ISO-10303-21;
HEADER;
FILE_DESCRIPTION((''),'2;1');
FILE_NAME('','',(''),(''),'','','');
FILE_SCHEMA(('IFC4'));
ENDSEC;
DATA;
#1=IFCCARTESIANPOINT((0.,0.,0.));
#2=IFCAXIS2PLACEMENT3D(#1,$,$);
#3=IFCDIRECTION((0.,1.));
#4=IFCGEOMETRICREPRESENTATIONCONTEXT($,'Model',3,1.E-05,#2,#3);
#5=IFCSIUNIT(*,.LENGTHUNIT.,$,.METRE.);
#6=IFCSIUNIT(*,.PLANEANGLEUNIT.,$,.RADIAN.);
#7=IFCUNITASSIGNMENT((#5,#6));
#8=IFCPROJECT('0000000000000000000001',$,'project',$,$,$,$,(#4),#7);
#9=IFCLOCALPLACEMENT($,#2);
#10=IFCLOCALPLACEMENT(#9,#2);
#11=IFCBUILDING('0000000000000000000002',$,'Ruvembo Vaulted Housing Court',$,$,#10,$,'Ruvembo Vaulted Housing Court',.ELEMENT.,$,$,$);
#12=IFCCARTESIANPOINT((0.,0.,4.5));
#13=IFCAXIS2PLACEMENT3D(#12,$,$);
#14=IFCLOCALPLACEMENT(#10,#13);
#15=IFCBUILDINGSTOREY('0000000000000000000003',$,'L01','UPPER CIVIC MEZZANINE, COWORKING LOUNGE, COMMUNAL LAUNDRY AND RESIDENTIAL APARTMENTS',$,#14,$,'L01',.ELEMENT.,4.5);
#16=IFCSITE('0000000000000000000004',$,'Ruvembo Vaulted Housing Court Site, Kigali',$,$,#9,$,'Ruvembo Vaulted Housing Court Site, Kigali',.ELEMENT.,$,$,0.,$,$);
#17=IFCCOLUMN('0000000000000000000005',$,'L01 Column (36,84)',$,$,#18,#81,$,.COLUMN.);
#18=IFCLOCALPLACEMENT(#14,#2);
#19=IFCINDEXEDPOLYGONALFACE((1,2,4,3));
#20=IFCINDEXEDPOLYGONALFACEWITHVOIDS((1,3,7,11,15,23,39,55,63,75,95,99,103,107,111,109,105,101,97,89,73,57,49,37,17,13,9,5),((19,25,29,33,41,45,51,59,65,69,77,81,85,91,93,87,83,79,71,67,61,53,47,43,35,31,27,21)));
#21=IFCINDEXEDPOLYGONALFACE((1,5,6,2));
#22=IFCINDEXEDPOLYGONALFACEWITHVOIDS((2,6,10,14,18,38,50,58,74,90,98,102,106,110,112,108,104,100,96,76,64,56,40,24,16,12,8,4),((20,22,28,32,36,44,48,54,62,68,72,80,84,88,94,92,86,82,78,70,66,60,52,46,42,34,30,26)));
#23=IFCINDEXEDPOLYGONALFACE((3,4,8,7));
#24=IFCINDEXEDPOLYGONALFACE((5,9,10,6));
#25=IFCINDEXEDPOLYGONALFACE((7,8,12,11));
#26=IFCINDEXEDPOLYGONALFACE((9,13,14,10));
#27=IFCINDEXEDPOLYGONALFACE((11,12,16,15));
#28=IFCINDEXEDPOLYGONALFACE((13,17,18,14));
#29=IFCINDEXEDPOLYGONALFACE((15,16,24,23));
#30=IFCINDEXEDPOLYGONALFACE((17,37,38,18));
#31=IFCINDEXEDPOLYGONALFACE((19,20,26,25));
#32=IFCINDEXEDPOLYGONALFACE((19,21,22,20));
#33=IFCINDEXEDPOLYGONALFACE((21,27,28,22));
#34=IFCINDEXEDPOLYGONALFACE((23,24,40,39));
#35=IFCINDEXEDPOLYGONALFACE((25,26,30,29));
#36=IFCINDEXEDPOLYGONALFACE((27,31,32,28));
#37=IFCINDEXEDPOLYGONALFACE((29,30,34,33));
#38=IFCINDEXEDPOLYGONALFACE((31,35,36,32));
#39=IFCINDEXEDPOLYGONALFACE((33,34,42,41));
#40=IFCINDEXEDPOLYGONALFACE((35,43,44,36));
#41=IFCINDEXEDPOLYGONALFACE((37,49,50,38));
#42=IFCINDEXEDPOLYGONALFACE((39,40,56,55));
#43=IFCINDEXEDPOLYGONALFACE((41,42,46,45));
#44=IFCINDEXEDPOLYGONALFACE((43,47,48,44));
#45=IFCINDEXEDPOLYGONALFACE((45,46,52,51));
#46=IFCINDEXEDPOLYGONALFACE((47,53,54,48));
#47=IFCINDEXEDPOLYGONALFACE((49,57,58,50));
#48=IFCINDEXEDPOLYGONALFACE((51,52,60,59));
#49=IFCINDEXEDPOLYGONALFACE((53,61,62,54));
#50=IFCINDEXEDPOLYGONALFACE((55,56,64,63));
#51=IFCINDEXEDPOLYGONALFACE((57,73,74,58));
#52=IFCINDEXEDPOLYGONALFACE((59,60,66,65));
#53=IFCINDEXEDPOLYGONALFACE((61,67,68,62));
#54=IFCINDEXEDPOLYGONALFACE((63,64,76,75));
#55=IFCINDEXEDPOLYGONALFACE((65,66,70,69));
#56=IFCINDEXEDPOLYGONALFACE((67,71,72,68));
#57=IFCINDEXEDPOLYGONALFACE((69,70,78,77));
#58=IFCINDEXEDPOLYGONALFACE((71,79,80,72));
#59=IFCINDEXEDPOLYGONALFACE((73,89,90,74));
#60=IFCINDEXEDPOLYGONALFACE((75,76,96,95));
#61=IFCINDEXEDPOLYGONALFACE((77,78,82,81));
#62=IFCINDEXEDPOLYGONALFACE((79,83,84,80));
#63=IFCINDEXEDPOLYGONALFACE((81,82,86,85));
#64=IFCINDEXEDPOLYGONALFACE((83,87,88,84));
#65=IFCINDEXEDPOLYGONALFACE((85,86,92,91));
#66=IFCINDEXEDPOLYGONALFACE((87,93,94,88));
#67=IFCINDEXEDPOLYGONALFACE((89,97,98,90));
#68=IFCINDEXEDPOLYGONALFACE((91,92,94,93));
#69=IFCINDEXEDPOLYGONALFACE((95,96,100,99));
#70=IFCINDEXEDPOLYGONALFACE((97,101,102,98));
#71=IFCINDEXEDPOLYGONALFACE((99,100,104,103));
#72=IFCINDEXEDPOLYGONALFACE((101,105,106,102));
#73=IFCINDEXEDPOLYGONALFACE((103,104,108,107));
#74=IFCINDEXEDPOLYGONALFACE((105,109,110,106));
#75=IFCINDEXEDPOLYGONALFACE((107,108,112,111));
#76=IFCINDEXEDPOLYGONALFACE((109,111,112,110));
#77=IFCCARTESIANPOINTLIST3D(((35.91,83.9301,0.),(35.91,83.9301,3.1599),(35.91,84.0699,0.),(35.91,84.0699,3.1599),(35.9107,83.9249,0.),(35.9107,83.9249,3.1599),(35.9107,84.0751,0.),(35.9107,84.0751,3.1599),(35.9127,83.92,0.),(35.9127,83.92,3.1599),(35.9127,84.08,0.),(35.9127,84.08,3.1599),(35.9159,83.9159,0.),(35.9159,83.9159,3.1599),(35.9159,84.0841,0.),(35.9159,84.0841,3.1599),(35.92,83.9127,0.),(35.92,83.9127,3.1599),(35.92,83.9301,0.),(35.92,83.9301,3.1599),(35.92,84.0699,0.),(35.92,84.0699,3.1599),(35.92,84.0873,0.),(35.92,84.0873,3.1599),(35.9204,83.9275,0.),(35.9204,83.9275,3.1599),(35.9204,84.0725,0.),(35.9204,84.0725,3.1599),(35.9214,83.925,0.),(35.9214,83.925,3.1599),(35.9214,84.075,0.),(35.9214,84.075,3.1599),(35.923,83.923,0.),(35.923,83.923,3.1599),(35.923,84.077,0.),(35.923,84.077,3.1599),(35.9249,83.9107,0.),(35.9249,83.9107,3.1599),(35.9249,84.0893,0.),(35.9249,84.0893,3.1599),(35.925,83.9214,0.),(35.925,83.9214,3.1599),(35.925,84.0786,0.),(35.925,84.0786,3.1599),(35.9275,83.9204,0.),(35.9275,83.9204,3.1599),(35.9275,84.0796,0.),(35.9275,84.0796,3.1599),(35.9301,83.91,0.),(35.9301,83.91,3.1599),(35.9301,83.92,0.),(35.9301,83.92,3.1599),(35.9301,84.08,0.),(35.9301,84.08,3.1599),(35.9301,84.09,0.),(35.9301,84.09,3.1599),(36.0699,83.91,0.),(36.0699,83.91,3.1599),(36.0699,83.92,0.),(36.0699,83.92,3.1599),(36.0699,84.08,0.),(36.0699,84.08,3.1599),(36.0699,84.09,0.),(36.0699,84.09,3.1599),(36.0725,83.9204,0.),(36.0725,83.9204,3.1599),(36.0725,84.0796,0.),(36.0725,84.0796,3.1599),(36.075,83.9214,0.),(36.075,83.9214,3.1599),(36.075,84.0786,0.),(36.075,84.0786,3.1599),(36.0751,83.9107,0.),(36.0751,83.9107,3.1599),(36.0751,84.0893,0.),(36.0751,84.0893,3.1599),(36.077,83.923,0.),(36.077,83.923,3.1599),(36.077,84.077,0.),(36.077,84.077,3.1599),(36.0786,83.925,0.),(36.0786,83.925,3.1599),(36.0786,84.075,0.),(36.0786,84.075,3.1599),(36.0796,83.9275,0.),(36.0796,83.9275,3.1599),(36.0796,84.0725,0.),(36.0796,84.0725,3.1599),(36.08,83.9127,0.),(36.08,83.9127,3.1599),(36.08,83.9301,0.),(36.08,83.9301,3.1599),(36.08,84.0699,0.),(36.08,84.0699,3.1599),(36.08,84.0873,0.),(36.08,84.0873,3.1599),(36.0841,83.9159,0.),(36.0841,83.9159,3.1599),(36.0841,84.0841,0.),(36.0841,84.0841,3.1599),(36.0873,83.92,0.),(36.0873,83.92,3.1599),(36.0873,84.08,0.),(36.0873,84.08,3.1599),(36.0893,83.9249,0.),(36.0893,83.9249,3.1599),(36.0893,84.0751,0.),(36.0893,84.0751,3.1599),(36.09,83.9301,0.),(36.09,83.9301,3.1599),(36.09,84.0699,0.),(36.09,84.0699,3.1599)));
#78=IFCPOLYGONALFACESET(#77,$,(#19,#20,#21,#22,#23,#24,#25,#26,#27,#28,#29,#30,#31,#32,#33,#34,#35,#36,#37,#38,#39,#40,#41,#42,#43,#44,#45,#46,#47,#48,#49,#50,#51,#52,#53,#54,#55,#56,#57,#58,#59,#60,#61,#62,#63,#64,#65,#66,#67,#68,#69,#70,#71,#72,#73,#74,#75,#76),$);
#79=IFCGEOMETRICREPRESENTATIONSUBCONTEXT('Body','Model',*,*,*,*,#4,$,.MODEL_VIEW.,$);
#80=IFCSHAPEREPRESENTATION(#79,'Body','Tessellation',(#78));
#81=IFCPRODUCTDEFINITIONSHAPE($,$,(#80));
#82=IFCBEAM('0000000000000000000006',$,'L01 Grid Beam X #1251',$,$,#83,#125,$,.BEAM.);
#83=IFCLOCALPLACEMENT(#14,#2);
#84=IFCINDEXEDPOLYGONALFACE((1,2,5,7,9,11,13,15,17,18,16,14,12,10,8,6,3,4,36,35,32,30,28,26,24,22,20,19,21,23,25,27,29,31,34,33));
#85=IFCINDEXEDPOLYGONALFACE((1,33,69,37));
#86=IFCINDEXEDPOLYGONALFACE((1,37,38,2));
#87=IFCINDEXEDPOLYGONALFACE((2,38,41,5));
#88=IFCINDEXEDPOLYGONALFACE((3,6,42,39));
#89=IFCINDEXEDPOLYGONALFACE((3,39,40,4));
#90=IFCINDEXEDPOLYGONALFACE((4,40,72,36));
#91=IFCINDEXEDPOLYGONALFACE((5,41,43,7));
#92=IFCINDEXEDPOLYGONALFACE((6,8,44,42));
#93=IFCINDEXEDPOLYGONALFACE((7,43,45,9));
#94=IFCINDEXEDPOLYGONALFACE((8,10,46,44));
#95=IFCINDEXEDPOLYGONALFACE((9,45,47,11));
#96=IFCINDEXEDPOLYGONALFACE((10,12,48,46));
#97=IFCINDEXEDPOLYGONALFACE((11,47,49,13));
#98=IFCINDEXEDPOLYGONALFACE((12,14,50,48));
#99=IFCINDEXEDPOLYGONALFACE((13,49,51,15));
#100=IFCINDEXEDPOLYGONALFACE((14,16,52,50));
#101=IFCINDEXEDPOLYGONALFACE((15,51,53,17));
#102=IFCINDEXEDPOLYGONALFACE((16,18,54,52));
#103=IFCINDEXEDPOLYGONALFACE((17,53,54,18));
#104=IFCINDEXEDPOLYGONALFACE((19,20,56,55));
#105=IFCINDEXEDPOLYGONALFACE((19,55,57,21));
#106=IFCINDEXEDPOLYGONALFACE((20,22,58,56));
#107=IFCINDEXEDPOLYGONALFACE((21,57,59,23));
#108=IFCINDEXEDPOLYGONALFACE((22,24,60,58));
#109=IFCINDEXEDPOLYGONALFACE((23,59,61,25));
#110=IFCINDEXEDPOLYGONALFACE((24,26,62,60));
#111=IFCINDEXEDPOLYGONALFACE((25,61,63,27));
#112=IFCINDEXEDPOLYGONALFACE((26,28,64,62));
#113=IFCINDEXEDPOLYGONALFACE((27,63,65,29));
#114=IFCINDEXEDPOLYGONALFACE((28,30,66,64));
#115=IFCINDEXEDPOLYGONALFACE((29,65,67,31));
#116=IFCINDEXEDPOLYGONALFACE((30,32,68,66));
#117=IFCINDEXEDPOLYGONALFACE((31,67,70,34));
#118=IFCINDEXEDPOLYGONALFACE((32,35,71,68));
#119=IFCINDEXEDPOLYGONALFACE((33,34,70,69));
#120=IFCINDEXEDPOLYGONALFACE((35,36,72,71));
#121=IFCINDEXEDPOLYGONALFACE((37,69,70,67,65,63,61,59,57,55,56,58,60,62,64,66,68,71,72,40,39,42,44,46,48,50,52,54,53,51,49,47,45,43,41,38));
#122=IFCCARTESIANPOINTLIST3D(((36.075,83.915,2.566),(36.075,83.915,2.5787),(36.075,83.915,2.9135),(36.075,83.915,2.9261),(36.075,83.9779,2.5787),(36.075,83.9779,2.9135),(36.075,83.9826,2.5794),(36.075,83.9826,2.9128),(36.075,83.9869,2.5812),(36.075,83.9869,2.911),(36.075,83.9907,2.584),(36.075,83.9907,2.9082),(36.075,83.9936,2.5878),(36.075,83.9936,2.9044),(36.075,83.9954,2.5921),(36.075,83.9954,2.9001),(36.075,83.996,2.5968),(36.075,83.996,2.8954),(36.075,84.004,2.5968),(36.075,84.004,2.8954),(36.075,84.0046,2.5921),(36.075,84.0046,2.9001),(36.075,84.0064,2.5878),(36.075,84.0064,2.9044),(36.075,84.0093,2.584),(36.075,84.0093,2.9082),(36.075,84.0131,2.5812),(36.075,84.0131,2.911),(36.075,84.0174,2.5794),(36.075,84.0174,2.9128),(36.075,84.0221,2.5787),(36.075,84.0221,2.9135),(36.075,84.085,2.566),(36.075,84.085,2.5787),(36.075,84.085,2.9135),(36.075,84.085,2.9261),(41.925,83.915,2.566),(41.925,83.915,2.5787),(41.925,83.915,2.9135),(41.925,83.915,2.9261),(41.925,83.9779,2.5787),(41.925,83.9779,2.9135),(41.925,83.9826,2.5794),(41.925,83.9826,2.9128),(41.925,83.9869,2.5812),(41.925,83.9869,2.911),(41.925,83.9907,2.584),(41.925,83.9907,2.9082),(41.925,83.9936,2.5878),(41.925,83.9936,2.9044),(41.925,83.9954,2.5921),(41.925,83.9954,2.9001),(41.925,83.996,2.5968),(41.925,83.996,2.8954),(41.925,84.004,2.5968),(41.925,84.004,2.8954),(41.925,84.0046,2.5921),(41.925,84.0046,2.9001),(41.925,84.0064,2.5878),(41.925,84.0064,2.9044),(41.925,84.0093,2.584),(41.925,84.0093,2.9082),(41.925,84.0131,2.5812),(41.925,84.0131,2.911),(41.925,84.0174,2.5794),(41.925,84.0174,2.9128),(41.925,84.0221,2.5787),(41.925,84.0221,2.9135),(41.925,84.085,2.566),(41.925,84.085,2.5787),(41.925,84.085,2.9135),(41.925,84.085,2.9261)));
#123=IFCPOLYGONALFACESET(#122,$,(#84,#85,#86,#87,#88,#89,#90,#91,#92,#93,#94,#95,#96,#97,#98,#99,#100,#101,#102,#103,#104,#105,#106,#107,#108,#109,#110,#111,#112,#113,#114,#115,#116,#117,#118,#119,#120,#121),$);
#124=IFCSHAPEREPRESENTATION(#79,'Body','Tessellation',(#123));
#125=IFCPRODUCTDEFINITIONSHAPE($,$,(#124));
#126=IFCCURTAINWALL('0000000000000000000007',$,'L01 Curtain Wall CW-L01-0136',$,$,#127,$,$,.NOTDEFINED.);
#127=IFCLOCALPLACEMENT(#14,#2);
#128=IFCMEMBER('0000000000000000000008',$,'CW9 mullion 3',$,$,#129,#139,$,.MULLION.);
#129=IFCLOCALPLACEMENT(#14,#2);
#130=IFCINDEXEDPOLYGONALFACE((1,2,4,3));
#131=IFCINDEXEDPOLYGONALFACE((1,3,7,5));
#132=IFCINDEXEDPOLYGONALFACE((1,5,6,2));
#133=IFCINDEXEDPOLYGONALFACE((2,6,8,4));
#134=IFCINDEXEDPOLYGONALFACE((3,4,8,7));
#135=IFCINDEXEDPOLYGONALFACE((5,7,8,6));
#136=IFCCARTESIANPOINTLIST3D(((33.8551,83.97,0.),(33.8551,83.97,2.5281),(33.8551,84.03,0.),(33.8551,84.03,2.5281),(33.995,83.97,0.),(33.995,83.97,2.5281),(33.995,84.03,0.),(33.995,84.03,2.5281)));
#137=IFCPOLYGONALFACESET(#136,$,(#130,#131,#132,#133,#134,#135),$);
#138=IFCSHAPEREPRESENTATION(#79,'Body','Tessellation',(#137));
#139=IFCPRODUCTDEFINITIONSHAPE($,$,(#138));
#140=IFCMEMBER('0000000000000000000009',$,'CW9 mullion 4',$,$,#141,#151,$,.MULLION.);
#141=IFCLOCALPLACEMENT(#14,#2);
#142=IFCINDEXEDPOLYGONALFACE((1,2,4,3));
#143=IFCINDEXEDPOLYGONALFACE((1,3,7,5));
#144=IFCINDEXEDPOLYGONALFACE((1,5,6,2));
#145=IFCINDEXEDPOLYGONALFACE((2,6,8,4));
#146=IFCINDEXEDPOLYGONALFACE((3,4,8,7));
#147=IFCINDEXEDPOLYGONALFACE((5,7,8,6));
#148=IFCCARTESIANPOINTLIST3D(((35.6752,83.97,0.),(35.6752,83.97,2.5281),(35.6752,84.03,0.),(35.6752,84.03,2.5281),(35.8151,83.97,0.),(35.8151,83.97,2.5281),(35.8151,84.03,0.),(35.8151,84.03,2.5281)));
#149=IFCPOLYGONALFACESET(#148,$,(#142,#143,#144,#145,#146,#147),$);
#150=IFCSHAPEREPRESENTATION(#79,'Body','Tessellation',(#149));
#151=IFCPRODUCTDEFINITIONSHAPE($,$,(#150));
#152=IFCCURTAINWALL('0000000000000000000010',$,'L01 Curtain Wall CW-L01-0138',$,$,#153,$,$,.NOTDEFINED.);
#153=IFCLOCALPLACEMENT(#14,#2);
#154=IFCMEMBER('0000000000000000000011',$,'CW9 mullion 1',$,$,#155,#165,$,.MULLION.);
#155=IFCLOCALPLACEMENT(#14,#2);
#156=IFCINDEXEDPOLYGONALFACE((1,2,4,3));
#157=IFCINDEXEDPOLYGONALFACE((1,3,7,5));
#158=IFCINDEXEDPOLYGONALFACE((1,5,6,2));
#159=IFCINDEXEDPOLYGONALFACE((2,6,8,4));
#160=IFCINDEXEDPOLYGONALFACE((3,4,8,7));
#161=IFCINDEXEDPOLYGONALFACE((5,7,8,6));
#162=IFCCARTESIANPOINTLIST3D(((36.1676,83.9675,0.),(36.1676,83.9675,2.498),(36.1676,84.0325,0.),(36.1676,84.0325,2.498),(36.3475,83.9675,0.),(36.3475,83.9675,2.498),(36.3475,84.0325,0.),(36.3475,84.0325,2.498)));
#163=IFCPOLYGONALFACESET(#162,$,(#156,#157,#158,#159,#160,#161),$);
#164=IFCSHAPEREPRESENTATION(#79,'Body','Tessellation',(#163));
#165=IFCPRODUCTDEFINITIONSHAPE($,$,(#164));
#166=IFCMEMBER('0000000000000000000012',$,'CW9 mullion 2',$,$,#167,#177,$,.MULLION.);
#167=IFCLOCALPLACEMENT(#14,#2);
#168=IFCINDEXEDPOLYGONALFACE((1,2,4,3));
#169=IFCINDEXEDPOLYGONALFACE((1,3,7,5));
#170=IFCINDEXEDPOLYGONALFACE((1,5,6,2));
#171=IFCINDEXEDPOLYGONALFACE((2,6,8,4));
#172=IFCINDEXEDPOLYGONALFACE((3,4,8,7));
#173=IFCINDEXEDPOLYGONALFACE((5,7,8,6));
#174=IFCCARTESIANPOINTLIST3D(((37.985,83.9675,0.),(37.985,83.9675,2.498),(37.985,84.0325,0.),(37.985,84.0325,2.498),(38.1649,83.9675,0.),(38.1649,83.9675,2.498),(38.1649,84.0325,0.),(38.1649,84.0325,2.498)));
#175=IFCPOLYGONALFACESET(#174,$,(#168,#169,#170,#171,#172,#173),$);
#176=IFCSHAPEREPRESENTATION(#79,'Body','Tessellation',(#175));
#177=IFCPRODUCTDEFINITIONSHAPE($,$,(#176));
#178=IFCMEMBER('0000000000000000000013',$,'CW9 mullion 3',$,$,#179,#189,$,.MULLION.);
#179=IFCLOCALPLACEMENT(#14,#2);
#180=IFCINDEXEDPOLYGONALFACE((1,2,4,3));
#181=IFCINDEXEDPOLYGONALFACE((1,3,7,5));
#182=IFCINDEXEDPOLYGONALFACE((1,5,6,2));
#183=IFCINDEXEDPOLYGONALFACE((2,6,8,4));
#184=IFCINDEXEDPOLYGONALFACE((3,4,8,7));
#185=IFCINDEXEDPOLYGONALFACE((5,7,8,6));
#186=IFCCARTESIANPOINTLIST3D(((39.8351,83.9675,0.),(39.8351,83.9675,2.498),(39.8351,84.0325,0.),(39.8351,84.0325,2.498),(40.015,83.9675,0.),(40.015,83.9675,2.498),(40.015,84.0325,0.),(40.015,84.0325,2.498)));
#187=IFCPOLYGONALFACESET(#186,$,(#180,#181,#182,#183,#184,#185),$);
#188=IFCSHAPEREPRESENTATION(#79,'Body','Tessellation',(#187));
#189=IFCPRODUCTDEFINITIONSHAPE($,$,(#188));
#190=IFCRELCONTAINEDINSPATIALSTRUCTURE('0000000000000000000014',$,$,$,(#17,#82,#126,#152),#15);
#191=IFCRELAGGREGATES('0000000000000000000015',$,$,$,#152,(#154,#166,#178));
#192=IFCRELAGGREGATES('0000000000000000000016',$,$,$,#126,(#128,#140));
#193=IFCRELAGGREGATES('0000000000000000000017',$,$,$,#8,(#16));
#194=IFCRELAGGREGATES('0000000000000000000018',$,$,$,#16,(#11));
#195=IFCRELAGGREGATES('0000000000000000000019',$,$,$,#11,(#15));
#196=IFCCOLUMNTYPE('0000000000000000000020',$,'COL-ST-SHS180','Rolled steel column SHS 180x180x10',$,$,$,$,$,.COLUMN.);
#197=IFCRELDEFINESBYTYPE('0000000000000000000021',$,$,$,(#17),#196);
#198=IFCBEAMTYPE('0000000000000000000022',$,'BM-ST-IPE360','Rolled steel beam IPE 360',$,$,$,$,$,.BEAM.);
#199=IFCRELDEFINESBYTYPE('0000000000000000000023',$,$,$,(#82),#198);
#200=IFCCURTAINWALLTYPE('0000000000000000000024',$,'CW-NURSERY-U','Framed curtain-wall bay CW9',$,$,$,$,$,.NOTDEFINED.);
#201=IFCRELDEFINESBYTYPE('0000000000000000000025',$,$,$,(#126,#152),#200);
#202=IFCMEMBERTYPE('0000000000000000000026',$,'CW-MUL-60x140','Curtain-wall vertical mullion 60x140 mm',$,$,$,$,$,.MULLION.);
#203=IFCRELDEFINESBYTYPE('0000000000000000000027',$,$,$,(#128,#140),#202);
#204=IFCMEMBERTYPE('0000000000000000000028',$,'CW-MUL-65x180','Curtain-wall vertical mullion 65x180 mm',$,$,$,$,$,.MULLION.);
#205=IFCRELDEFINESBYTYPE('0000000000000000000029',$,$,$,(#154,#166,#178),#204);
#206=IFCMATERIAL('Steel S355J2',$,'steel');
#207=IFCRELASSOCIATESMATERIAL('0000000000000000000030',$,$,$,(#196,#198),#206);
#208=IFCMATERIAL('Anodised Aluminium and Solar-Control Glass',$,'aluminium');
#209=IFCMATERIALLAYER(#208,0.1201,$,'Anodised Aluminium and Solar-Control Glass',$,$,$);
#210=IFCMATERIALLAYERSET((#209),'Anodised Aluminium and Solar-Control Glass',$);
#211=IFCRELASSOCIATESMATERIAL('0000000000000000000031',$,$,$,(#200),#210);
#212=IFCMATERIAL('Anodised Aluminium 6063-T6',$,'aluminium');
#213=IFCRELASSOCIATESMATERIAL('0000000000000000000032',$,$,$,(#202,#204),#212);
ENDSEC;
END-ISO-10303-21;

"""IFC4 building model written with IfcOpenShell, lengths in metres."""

from ifc_helpers import new_model, si_unit, direction, frame, origin, origin_2d, place, context, subcontext, project, spatial, rectangle, hollow_rectangle, i_section, extrude, material, layer, layer_set, material_profile, profile_set, type_object, element, aggregate, save


model = new_model("IFC4")

# Units and contexts
model_context = context("Model", 3, precision=1e-05, world=origin(), true_north=direction((0.0, 1.0)))
body_context = subcontext(model_context, "Body", "Model", "MODEL_VIEW")
ifc_project = project(units=[si_unit("LENGTHUNIT", "METRE"), si_unit("PLANEANGLEUNIT", "RADIAN")], contexts=[model_context])

# Site, building, storey
site_placement = place(None, origin())
site = spatial("IfcSite", under=ifc_project, at=site_placement, Name="Ruvembo Vaulted Housing Court Site, Kigali", LongName="Ruvembo Vaulted Housing Court Site, Kigali", CompositionType="ELEMENT", RefElevation=0.0)
building_placement = place(site_placement, origin())
building = spatial("IfcBuilding", under=site, at=building_placement, Name="Ruvembo Vaulted Housing Court", LongName="Ruvembo Vaulted Housing Court", CompositionType="ELEMENT")
storey_placement = place(building_placement, frame((0.0, 0.0, 4.5)))
storey = spatial("IfcBuildingStorey", under=building, at=storey_placement, Name="L01", Description="UPPER CIVIC MEZZANINE, COWORKING LOUNGE, COMMUNAL LAUNDRY AND RESIDENTIAL APARTMENTS", LongName="L01", CompositionType="ELEMENT", Elevation=4.5)

# Column
ifc_material_1 = material(Name="Steel S355J2", Category="steel")
ifc_material_profile_1 = material_profile(ifc_material_1, hollow_rectangle(XDim=0.1799, YDim=0.1799, WallThickness=0.01, InnerFilletRadius=0.01, OuterFilletRadius=0.02, at=origin_2d()), Name="SHS 180x180x10")
ifc_profile_set_1 = profile_set([ifc_material_profile_1], Name="Steel S355J2")
column_type = type_object("IfcColumnType", Name="COL-ST-SHS180", Description="Rolled steel column SHS 180x180x10", PredefinedType="COLUMN", material=ifc_profile_set_1)
column_placement = place(storey_placement, frame((36.0, 84.0, 0.0), z_axis=(0.0, 0.0, 1.0), x_axis=(1.0, 0.0, 0.0)))
element("IfcColumn", 1, at=column_placement, inside=storey, type_object=column_type, Name="L01 Column (36,84)", PredefinedType="COLUMN", context=body_context, shape_type="SweptSolid", body=[
    extrude(hollow_rectangle(XDim=0.1799, YDim=0.1799, WallThickness=0.01, InnerFilletRadius=0.01, OuterFilletRadius=0.02, at=origin_2d()), origin(), (0.0, 0.0, 1.0), 3.1599),
])

# Beam
ifc_material_profile_2 = material_profile(ifc_material_1, i_section(OverallWidth=0.1699, OverallDepth=0.3601, WebThickness=0.0081, FlangeThickness=0.0127, FilletRadius=0.0181, at=origin_2d()), Name="IPE 360")
ifc_profile_set_2 = profile_set([ifc_material_profile_2], Name="Steel S355J2")
beam_type = type_object("IfcBeamType", Name="BM-ST-IPE360", Description="Rolled steel beam IPE 360", PredefinedType="BEAM", material=ifc_profile_set_2)
beam_placement = place(storey_placement, frame((36.075, 84.0, 2.7461), z_axis=(1.0, 0.0, 0.0), x_axis=(0.0, 1.0, 0.0)))
element("IfcBeam", 2, at=beam_placement, inside=storey, type_object=beam_type, Name="L01 Grid Beam X #1251", PredefinedType="BEAM", context=body_context, shape_type="SweptSolid", body=[
    extrude(i_section(OverallWidth=0.1699, OverallDepth=0.3601, WebThickness=0.0081, FlangeThickness=0.0127, FilletRadius=0.0181, at=origin_2d()), origin(), (0.0, 0.0, 1.0), 5.8501),
])

# Curtain walls, members
ifc_material_2 = material(Name="Anodised Aluminium and Solar-Control Glass", Category="aluminium")
ifc_layer_1 = layer(ifc_material_2, 0.1201, Name="Anodised Aluminium and Solar-Control Glass")
ifc_layer_set_1 = layer_set([ifc_layer_1], Name="Anodised Aluminium and Solar-Control Glass")
curtain_wall_type = type_object("IfcCurtainWallType", Name="CW-NURSERY-U", Description="Framed curtain-wall bay CW9", PredefinedType="NOTDEFINED", material=ifc_layer_set_1)
curtain_wall_1_placement = place(storey_placement, origin())
curtain_wall_1 = element("IfcCurtainWall", 3, at=curtain_wall_1_placement, inside=storey, type_object=curtain_wall_type, Name="L01 Curtain Wall CW-L01-0136", PredefinedType="NOTDEFINED")
ifc_material_3 = material(Name="Anodised Aluminium 6063-T6", Category="aluminium")
ifc_material_profile_3 = material_profile(ifc_material_3, rectangle(XDim=0.0601, YDim=0.1399, at=origin_2d()), Name="ALU 60x140")
ifc_profile_set_3 = profile_set([ifc_material_profile_3], Name="Anodised Aluminium 6063-T6")
member_type_1 = type_object("IfcMemberType", Name="CW-MUL-60x140", Description="Curtain-wall vertical mullion 60x140 mm", PredefinedType="MULLION", material=ifc_profile_set_3)
member_1_placement = place(storey_placement, frame((33.925, 84.0, 0.0), z_axis=(0.0, 0.0, 1.0), x_axis=(0.0, 1.0, 0.0)))
member_1 = element("IfcMember", 4, at=member_1_placement, type_object=member_type_1, Name="CW9 mullion 3", PredefinedType="MULLION", context=body_context, shape_type="SweptSolid", body=[
    extrude(rectangle(XDim=0.0601, YDim=0.1399, at=origin_2d()), origin(), (0.0, 0.0, 1.0), 2.5281),
])
member_2_placement = place(storey_placement, frame((35.7451, 84.0, 0.0), z_axis=(0.0, 0.0, 1.0), x_axis=(0.0, 1.0, 0.0)))
member_2 = element("IfcMember", 5, at=member_2_placement, type_object=member_type_1, Name="CW9 mullion 4", PredefinedType="MULLION", context=body_context, shape_type="SweptSolid", body=[
    extrude(rectangle(XDim=0.0601, YDim=0.1399, at=origin_2d()), origin(), (0.0, 0.0, 1.0), 2.5281),
])
curtain_wall_2_placement = place(storey_placement, origin())
curtain_wall_2 = element("IfcCurtainWall", 6, at=curtain_wall_2_placement, inside=storey, type_object=curtain_wall_type, Name="L01 Curtain Wall CW-L01-0138", PredefinedType="NOTDEFINED")
ifc_material_profile_4 = material_profile(ifc_material_3, rectangle(XDim=0.0649, YDim=0.1799, at=origin_2d()), Name="ALU 65x180")
ifc_profile_set_4 = profile_set([ifc_material_profile_4], Name="Anodised Aluminium 6063-T6")
member_type_2 = type_object("IfcMemberType", Name="CW-MUL-65x180", Description="Curtain-wall vertical mullion 65x180 mm", PredefinedType="MULLION", material=ifc_profile_set_4)
member_3_placement = place(storey_placement, frame((36.2576, 84.0, 0.0), z_axis=(0.0, 0.0, 1.0), x_axis=(0.0, 1.0, 0.0)))
member_3 = element("IfcMember", 7, at=member_3_placement, type_object=member_type_2, Name="CW9 mullion 1", PredefinedType="MULLION", context=body_context, shape_type="SweptSolid", body=[
    extrude(rectangle(XDim=0.0649, YDim=0.1799, at=origin_2d()), origin(), (0.0, 0.0, 1.0), 2.498),
])
member_4_placement = place(storey_placement, frame((38.075, 84.0, 0.0), z_axis=(0.0, 0.0, 1.0), x_axis=(0.0, 1.0, 0.0)))
member_4 = element("IfcMember", 8, at=member_4_placement, type_object=member_type_2, Name="CW9 mullion 2", PredefinedType="MULLION", context=body_context, shape_type="SweptSolid", body=[
    extrude(rectangle(XDim=0.0649, YDim=0.1799, at=origin_2d()), origin(), (0.0, 0.0, 1.0), 2.498),
])
member_5_placement = place(storey_placement, frame((39.925, 84.0, 0.0), z_axis=(0.0, 0.0, 1.0), x_axis=(0.0, 1.0, 0.0)))
member_5 = element("IfcMember", 9, at=member_5_placement, type_object=member_type_2, Name="CW9 mullion 3", PredefinedType="MULLION", context=body_context, shape_type="SweptSolid", body=[
    extrude(rectangle(XDim=0.0649, YDim=0.1799, at=origin_2d()), origin(), (0.0, 0.0, 1.0), 2.498),
])

aggregate(curtain_wall_2, [member_3, member_4, member_5])
aggregate(curtain_wall_1, [member_1, member_2])

save(model, "model.ifc")
